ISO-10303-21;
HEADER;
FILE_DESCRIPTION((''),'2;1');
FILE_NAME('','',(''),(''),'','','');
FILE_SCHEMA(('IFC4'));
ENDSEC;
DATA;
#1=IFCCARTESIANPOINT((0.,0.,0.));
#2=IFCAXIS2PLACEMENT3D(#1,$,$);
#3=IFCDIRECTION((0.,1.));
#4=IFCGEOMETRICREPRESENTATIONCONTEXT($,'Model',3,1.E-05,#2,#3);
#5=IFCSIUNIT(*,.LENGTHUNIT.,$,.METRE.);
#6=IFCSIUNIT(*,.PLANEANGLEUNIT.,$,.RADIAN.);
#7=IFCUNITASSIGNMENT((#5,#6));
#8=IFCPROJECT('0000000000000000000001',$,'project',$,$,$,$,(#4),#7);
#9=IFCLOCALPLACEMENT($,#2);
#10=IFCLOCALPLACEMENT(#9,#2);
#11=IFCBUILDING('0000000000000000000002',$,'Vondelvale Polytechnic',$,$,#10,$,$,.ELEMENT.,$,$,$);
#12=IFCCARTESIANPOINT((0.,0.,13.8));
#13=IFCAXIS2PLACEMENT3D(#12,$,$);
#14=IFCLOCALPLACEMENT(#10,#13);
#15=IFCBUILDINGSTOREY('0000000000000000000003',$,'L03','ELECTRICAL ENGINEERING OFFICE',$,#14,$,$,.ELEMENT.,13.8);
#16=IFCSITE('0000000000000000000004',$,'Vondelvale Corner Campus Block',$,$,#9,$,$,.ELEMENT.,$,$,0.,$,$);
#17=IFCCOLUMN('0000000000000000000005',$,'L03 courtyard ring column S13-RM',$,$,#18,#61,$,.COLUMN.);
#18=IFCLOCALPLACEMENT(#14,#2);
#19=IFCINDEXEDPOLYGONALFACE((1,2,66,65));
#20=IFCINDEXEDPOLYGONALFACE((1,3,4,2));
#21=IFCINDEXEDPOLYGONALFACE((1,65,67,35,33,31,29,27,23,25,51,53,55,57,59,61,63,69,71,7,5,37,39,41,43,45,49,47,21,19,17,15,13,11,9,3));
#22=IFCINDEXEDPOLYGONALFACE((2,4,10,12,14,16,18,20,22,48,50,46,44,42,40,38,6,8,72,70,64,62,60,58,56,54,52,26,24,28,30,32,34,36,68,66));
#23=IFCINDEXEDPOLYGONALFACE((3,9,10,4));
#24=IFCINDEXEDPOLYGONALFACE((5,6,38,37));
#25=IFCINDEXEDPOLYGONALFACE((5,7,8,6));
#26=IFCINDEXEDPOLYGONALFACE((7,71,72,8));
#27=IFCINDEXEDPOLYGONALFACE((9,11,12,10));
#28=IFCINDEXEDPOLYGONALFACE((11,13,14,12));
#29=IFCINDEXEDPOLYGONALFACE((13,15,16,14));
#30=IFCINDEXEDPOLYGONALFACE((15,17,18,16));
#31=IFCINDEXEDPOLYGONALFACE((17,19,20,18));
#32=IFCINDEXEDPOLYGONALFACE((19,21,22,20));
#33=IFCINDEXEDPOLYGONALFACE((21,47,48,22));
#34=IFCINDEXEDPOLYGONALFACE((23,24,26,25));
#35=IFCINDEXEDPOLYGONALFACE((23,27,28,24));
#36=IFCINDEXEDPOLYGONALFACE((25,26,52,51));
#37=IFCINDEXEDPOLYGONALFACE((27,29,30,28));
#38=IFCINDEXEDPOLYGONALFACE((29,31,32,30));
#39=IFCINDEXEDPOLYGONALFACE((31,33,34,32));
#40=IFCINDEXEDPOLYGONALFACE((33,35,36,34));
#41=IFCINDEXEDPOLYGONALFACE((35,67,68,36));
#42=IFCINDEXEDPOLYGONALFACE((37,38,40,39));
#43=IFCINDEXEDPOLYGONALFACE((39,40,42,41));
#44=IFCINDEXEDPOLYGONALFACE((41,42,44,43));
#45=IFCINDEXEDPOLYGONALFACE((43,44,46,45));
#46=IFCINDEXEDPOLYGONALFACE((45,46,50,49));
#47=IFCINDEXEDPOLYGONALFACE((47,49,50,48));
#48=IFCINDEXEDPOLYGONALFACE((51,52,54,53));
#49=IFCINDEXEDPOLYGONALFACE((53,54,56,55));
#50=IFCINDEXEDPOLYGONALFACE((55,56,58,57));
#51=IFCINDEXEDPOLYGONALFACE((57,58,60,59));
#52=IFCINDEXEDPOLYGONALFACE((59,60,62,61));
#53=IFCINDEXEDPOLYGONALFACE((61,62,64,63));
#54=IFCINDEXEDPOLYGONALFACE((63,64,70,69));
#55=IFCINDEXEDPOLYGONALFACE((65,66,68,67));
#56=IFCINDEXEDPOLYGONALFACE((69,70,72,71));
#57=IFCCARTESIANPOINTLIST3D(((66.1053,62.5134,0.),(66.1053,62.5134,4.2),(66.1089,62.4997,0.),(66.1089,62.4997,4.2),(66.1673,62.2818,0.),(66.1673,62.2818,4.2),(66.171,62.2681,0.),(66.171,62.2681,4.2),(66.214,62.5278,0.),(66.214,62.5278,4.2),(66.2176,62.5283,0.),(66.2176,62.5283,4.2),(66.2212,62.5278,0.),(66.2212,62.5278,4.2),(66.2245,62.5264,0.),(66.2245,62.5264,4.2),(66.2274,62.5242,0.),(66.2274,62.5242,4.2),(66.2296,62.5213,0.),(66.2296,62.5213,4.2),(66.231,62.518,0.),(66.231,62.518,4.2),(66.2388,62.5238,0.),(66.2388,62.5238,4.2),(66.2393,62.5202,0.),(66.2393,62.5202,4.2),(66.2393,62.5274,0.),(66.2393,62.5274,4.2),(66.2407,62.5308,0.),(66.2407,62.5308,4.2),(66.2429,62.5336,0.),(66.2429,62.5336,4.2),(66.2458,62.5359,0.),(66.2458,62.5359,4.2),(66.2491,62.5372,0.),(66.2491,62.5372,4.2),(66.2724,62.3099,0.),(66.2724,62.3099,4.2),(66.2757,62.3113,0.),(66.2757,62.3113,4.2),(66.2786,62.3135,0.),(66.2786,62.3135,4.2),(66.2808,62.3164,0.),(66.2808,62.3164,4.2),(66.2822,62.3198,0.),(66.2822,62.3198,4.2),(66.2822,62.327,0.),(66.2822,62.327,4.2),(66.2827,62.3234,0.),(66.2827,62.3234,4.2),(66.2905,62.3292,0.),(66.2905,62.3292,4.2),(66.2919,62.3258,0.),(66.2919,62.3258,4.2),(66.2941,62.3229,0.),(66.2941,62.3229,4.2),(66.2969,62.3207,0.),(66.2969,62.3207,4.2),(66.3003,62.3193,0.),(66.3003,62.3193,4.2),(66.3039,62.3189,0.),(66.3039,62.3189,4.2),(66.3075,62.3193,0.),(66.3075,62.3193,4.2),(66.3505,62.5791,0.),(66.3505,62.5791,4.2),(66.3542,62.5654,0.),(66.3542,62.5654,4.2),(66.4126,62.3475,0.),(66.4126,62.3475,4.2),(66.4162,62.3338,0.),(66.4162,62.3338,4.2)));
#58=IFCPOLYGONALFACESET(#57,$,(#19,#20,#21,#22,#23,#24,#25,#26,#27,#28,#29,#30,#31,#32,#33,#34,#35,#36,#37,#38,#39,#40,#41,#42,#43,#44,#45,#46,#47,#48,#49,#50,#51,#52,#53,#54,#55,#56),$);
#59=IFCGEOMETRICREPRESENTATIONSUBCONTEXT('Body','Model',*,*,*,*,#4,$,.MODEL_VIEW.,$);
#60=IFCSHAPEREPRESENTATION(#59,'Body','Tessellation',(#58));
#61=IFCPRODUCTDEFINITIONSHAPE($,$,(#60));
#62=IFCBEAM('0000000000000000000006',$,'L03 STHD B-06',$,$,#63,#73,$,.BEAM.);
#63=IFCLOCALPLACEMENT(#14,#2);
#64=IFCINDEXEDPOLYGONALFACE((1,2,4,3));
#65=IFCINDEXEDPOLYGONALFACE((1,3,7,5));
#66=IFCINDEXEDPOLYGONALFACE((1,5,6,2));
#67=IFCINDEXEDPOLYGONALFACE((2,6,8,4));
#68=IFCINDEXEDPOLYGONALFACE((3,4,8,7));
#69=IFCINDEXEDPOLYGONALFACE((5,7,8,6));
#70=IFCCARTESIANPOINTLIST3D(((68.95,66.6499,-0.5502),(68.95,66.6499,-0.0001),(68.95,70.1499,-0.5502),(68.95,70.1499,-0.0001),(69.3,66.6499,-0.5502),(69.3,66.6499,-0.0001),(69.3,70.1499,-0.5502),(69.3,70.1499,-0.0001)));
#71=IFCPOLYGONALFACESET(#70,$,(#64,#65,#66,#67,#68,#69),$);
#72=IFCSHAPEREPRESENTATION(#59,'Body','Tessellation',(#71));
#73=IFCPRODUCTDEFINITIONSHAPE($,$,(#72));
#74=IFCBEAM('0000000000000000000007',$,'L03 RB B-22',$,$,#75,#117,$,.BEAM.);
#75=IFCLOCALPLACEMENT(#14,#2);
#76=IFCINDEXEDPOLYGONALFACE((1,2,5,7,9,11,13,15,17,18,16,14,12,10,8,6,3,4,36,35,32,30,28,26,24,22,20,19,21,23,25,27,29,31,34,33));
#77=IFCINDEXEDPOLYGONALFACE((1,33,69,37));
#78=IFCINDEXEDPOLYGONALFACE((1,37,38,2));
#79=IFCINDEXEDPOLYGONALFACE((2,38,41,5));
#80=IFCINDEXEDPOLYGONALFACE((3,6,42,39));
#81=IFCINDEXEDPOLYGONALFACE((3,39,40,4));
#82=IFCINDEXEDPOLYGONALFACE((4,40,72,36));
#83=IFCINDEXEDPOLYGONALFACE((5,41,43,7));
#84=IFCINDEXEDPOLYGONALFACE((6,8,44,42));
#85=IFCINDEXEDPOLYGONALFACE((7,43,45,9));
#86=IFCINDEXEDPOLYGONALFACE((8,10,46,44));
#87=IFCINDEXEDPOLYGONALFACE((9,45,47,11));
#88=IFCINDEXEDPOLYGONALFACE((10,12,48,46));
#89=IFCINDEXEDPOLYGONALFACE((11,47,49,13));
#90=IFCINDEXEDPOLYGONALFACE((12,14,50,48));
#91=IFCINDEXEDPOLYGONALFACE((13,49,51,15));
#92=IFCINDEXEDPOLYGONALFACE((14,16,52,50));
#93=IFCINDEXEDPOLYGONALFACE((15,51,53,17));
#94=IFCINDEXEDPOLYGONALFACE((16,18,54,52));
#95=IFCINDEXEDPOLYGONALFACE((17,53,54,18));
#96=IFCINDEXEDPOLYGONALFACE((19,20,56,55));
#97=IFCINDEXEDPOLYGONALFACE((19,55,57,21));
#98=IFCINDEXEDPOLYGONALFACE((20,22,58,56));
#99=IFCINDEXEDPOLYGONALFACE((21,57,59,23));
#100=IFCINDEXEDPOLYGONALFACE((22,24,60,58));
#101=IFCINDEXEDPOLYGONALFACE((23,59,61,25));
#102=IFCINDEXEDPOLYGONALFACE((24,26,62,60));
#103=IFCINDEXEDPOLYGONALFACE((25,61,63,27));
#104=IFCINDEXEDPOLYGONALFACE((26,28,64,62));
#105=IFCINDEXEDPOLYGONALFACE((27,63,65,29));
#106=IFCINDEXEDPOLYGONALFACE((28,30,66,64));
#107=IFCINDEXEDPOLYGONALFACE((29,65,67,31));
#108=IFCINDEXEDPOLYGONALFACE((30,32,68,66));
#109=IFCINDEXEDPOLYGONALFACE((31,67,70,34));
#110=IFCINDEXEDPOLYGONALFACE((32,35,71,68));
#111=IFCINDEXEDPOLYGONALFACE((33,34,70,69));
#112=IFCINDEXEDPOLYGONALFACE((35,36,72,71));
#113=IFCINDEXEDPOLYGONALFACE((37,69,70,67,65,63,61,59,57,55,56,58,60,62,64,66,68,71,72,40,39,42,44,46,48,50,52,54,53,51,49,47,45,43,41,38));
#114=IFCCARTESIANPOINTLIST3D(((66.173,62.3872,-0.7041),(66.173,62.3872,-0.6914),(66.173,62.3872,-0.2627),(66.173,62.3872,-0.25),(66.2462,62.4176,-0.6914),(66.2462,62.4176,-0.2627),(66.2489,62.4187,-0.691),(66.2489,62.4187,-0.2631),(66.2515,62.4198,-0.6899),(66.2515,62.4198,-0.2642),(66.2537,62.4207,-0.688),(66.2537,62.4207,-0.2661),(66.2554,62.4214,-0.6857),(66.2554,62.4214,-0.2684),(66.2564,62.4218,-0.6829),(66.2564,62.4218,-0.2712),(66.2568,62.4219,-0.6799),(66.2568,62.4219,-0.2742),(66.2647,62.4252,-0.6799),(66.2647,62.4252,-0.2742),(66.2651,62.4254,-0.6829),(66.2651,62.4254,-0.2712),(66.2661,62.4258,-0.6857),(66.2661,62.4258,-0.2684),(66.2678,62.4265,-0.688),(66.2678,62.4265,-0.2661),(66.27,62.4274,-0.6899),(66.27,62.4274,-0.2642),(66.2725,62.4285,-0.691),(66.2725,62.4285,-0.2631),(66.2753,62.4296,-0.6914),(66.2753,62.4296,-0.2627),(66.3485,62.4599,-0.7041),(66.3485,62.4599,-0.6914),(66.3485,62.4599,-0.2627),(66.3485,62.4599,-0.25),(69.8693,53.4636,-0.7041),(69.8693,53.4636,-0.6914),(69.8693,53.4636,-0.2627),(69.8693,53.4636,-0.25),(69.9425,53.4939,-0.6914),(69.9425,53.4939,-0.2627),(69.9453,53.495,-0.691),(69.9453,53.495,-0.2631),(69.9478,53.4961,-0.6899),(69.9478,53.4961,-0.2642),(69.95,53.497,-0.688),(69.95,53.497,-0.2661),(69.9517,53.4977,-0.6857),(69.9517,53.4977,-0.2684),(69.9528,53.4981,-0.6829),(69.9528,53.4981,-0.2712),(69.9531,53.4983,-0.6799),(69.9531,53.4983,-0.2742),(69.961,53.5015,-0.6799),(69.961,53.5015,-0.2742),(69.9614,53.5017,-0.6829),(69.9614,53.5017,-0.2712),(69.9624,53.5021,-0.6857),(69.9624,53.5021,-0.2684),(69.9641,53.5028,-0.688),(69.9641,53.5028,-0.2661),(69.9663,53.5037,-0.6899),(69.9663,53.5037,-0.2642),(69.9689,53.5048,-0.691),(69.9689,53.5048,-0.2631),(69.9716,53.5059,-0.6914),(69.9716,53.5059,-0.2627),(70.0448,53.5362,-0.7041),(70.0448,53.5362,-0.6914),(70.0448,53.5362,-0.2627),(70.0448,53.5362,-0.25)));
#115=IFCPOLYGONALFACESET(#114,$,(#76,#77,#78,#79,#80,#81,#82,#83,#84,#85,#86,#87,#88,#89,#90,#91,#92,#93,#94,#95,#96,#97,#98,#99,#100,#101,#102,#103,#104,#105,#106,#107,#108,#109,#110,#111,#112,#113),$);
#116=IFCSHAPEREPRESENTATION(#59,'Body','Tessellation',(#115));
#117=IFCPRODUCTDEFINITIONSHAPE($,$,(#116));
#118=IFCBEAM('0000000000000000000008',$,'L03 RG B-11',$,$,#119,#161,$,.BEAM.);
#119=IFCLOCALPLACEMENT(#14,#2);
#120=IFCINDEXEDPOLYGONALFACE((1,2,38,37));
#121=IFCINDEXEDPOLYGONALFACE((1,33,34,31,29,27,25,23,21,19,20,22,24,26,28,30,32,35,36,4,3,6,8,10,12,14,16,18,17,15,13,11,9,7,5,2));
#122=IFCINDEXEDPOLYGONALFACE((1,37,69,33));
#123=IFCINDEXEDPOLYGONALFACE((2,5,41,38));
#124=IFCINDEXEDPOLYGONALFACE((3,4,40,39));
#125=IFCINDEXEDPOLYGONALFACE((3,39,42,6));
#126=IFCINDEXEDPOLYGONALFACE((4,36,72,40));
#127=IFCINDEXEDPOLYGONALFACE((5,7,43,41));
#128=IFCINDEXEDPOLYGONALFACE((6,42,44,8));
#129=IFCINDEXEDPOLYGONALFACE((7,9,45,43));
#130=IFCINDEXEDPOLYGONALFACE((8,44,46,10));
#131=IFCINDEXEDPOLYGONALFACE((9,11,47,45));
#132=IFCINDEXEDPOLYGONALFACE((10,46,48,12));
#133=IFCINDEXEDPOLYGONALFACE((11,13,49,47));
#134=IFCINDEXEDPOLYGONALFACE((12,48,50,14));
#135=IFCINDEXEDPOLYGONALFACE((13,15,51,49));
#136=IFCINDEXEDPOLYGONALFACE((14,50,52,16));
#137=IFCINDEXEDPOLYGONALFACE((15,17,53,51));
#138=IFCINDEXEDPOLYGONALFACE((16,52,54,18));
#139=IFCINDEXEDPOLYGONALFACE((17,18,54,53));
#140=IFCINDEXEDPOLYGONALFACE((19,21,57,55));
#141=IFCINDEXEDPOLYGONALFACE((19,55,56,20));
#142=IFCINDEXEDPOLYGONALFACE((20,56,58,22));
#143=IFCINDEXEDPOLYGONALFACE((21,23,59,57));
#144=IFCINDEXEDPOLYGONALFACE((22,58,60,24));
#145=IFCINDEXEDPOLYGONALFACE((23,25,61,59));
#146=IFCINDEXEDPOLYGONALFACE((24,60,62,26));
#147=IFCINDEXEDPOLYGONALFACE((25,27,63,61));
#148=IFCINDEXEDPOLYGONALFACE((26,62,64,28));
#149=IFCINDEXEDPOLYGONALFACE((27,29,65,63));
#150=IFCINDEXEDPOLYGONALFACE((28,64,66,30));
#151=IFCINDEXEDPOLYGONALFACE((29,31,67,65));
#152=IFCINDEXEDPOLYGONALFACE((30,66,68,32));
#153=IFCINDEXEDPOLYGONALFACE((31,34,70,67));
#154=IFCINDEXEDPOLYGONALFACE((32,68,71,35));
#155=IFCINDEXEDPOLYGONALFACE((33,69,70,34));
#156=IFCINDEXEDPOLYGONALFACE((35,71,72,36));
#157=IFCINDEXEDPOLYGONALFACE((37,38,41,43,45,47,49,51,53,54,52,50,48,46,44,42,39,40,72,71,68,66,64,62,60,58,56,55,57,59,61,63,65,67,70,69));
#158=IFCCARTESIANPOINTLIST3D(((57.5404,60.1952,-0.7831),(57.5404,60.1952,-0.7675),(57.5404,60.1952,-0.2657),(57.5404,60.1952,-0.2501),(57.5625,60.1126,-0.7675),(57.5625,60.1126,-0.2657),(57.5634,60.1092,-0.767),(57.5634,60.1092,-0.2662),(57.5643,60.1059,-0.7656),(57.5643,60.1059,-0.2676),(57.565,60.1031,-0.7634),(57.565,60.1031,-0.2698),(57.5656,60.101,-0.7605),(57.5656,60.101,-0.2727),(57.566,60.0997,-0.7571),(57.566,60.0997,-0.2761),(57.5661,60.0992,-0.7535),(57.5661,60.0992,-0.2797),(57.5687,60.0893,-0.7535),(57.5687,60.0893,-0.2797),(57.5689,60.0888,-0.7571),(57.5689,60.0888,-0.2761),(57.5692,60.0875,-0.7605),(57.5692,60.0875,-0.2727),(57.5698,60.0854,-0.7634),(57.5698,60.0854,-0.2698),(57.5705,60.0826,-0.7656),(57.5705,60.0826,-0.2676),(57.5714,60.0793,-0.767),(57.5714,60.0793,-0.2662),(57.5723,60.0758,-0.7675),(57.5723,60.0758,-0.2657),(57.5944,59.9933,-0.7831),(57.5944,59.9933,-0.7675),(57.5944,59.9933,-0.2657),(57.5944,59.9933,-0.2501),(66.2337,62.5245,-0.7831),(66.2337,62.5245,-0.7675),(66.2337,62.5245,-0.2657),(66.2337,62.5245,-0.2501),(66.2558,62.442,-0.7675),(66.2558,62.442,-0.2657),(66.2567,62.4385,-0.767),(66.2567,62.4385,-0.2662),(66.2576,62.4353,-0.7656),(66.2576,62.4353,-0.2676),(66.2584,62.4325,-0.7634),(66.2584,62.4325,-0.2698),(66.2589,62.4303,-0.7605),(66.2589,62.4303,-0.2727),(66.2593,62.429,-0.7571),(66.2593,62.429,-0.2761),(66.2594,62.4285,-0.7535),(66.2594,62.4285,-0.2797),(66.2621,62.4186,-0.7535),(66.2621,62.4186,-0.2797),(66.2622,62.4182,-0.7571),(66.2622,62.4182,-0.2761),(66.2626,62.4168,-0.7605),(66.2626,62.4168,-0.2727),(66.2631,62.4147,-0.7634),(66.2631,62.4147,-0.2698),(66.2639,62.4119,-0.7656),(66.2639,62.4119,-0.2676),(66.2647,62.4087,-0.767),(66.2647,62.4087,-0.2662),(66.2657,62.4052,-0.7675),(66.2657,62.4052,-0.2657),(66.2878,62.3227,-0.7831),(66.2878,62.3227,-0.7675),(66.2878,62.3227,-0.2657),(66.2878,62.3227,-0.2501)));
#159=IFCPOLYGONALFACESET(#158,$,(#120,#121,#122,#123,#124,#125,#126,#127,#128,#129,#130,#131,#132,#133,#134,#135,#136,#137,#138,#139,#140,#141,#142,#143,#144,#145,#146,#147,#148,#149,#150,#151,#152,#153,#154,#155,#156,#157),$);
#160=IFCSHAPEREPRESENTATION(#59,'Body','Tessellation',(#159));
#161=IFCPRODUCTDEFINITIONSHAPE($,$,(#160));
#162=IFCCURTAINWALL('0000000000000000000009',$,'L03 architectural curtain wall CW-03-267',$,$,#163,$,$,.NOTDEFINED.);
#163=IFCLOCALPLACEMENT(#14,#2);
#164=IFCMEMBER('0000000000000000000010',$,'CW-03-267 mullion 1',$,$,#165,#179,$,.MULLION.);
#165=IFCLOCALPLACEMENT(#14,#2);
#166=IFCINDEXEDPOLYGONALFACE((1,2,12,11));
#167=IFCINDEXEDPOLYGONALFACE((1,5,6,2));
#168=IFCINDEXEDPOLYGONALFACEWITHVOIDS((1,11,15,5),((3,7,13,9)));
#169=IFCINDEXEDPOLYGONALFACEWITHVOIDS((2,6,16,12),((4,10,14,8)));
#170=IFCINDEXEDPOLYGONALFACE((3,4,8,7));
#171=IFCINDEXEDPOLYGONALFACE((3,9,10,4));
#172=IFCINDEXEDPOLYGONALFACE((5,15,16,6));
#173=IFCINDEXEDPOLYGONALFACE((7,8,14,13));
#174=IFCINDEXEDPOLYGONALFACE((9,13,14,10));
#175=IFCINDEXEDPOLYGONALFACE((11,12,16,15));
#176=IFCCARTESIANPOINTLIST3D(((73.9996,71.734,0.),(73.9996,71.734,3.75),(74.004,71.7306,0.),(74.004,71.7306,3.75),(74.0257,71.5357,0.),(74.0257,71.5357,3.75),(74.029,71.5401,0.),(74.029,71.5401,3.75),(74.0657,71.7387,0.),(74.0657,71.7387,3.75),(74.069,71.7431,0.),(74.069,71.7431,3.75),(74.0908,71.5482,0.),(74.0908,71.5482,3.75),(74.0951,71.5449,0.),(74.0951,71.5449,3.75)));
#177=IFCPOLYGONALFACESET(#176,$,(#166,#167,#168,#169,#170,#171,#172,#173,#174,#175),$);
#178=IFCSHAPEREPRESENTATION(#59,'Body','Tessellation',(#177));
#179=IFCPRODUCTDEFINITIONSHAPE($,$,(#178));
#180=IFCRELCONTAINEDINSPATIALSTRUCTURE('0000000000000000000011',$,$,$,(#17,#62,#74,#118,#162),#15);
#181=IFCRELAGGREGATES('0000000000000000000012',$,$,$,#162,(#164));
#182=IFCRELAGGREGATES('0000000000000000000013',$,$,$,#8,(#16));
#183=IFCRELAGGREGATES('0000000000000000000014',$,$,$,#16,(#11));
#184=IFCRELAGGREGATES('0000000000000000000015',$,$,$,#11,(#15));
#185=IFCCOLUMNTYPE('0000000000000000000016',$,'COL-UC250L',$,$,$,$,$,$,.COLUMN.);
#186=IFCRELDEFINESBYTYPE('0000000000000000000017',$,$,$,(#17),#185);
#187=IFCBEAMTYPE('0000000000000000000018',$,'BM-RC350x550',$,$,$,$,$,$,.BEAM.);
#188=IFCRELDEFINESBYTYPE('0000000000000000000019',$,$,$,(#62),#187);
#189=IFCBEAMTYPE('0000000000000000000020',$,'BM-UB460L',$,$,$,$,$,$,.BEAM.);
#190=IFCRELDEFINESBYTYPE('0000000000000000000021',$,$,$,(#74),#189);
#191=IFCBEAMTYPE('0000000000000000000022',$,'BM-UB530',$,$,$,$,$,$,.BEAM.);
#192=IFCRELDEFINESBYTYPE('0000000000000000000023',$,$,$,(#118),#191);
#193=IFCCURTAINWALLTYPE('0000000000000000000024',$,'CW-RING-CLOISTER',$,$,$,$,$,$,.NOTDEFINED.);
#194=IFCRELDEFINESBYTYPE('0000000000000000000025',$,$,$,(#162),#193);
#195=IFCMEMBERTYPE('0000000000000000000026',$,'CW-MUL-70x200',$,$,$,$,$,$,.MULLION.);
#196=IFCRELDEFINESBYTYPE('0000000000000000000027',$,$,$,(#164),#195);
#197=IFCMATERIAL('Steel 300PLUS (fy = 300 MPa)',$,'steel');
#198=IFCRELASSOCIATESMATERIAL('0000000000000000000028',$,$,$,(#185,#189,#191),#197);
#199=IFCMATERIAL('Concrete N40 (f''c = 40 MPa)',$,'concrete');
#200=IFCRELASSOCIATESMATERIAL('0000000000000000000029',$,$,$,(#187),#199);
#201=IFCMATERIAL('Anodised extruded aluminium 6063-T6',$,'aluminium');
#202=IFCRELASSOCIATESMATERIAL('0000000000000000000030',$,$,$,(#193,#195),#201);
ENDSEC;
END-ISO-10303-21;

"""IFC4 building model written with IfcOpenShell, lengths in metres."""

from ifc_helpers import new_model, si_unit, direction, frame, origin, origin_2d, place, context, subcontext, project, spatial, rectangle, hollow_rectangle, i_section, extrude, material, material_profile, profile_set, type_object, element, aggregate, save


model = new_model("IFC4")

# Units and contexts
model_context = context("Model", 3, precision=1e-05, world=origin(), true_north=direction((0.0, 1.0)))
body_context = subcontext(model_context, "Body", "Model", "MODEL_VIEW")
ifc_project = project(units=[si_unit("LENGTHUNIT", "METRE"), si_unit("PLANEANGLEUNIT", "RADIAN")], contexts=[model_context])

# Site, building, storey
site_placement = place(None, origin())
site = spatial("IfcSite", under=ifc_project, at=site_placement, Name="Vondelvale Corner Campus Block", CompositionType="ELEMENT", RefElevation=0.0)
building_placement = place(site_placement, origin())
building = spatial("IfcBuilding", under=site, at=building_placement, Name="Vondelvale Polytechnic", CompositionType="ELEMENT")
storey_placement = place(building_placement, frame((0.0, 0.0, 13.8)))
storey = spatial("IfcBuildingStorey", under=building, at=storey_placement, Name="L03", Description="ELECTRICAL ENGINEERING OFFICE", CompositionType="ELEMENT", Elevation=13.8)

# Column
ifc_material_1 = material(Name="Steel 300PLUS (fy = 300 MPa)", Category="steel")
ifc_material_profile_1 = material_profile(ifc_material_1, i_section(OverallWidth=0.2539, OverallDepth=0.2539, WebThickness=0.0085, FlangeThickness=0.0142, FilletRadius=0.0139, at=origin_2d()), Name="250UC72.9")
ifc_profile_set_1 = profile_set([ifc_material_profile_1], Name="Steel 300PLUS (fy = 300 MPa)")
column_type = type_object("IfcColumnType", Name="COL-UC250L", PredefinedType="COLUMN", material=ifc_profile_set_1)
column_placement = place(storey_placement, frame((66.2607, 62.4236, 0.0), z_axis=(0.0, 0.0, 1.0), x_axis=(0.965926, 0.258819, 0.0)))
element("IfcColumn", 1, at=column_placement, inside=storey, type_object=column_type, Name="L03 courtyard ring column S13-RM", PredefinedType="COLUMN", context=body_context, shape_type="SweptSolid", body=[
    extrude(i_section(OverallWidth=0.2539, OverallDepth=0.2539, WebThickness=0.0085, FlangeThickness=0.0142, FilletRadius=0.0139, at=origin_2d()), origin(), (0.0, 0.0, 1.0), 4.2),
])

# Beams
ifc_material_2 = material(Name="Concrete N40 (f'c = 40 MPa)", Category="concrete")
ifc_material_profile_2 = material_profile(ifc_material_2, rectangle(XDim=0.3501, YDim=0.55, at=origin_2d()), Name="RC-BM-350x550")
ifc_profile_set_2 = profile_set([ifc_material_profile_2], Name="Concrete N40 (f'c = 40 MPa)")
beam_type_1 = type_object("IfcBeamType", Name="BM-RC350x550", PredefinedType="BEAM", material=ifc_profile_set_2)
beam_1_placement = place(storey_placement, frame((69.125, 70.1499, -0.2751), z_axis=(0.0, -1.0, 0.0), x_axis=(1.0, 0.0, 0.0)))
element("IfcBeam", 2, at=beam_1_placement, inside=storey, type_object=beam_type_1, Name="L03 STHD B-06", PredefinedType="BEAM", context=body_context, shape_type="SweptSolid", body=[
    extrude(rectangle(XDim=0.3501, YDim=0.55, at=origin_2d()), origin(), (0.0, 0.0, 1.0), 3.5),
])
ifc_material_profile_3 = material_profile(ifc_material_1, i_section(OverallWidth=0.1899, OverallDepth=0.4541, WebThickness=0.0085, FlangeThickness=0.0127, FilletRadius=0.0115, at=origin_2d()), Name="460UB67.1")
ifc_profile_set_3 = profile_set([ifc_material_profile_3], Name="Steel 300PLUS (fy = 300 MPa)")
beam_type_2 = type_object("IfcBeamType", Name="BM-UB460L", PredefinedType="BEAM", material=ifc_profile_set_3)
beam_2_placement = place(storey_placement, frame((66.2607, 62.4236, -0.4771), z_axis=(0.382685, -0.923879, 0.0), x_axis=(0.923879, 0.382685, 0.0)))
element("IfcBeam", 3, at=beam_2_placement, inside=storey, type_object=beam_type_2, Name="L03 RB B-22", PredefinedType="BEAM", context=body_context, shape_type="SweptSolid", body=[
    extrude(i_section(OverallWidth=0.1899, OverallDepth=0.4541, WebThickness=0.0085, FlangeThickness=0.0127, FilletRadius=0.0115, at=origin_2d()), origin(), (0.0, 0.0, 1.0), 9.6589),
])
ifc_material_profile_4 = material_profile(ifc_material_1, i_section(OverallWidth=0.209, OverallDepth=0.533, WebThickness=0.0103, FlangeThickness=0.0156, FilletRadius=0.0139, at=origin_2d()), Name="530UB92.4")
ifc_profile_set_4 = profile_set([ifc_material_profile_4], Name="Steel 300PLUS (fy = 300 MPa)")
beam_type_3 = type_object("IfcBeamType", Name="BM-UB530", PredefinedType="BEAM", material=ifc_profile_set_4)
beam_3_placement = place(storey_placement, frame((66.2607, 62.4236, -0.5166), z_axis=(-0.965927, -0.258816, 0.0), x_axis=(0.258816, -0.965927, 0.0)))
element("IfcBeam", 4, at=beam_3_placement, inside=storey, type_object=beam_type_3, Name="L03 RG B-11", PredefinedType="BEAM", context=body_context, shape_type="SweptSolid", body=[
    extrude(i_section(OverallWidth=0.209, OverallDepth=0.533, WebThickness=0.0103, FlangeThickness=0.0156, FilletRadius=0.0139, at=origin_2d()), origin(), (0.0, 0.0, 1.0), 9.0),
])

# Curtain wall, member
ifc_material_3 = material(Name="Anodised extruded aluminium 6063-T6", Category="aluminium")
curtain_wall_type = type_object("IfcCurtainWallType", Name="CW-RING-CLOISTER", PredefinedType="NOTDEFINED", material=ifc_material_3)
curtain_wall_placement = place(storey_placement, origin())
curtain_wall = element("IfcCurtainWall", 5, at=curtain_wall_placement, inside=storey, type_object=curtain_wall_type, Name="L03 architectural curtain wall CW-03-267", PredefinedType="NOTDEFINED")
ifc_material_profile_5 = material_profile(ifc_material_3, hollow_rectangle(XDim=0.0701, YDim=0.2, WallThickness=0.0039, at=origin_2d()), Name="CW-MUL-200x70")
ifc_profile_set_5 = profile_set([ifc_material_profile_5], Name="Anodised extruded aluminium 6063-T6")
member_type_1 = type_object("IfcMemberType", Name="CW-MUL-70x200", PredefinedType="MULLION", material=ifc_profile_set_5)
member_1_placement = place(storey_placement, frame((74.0474, 71.6394, 0.0), z_axis=(0.0, 0.0, 1.0), x_axis=(0.991445, 0.130528, 0.0)))
member_1 = element("IfcMember", 6, at=member_1_placement, type_object=member_type_1, Name="CW-03-267 mullion 1", PredefinedType="MULLION", context=body_context, shape_type="SweptSolid", body=[
    extrude(hollow_rectangle(XDim=0.0701, YDim=0.2, WallThickness=0.0039, at=origin_2d()), origin(), (0.0, 0.0, 1.0), 3.75),
])

aggregate(curtain_wall, [member_1])

save(model, "model.ifc")
